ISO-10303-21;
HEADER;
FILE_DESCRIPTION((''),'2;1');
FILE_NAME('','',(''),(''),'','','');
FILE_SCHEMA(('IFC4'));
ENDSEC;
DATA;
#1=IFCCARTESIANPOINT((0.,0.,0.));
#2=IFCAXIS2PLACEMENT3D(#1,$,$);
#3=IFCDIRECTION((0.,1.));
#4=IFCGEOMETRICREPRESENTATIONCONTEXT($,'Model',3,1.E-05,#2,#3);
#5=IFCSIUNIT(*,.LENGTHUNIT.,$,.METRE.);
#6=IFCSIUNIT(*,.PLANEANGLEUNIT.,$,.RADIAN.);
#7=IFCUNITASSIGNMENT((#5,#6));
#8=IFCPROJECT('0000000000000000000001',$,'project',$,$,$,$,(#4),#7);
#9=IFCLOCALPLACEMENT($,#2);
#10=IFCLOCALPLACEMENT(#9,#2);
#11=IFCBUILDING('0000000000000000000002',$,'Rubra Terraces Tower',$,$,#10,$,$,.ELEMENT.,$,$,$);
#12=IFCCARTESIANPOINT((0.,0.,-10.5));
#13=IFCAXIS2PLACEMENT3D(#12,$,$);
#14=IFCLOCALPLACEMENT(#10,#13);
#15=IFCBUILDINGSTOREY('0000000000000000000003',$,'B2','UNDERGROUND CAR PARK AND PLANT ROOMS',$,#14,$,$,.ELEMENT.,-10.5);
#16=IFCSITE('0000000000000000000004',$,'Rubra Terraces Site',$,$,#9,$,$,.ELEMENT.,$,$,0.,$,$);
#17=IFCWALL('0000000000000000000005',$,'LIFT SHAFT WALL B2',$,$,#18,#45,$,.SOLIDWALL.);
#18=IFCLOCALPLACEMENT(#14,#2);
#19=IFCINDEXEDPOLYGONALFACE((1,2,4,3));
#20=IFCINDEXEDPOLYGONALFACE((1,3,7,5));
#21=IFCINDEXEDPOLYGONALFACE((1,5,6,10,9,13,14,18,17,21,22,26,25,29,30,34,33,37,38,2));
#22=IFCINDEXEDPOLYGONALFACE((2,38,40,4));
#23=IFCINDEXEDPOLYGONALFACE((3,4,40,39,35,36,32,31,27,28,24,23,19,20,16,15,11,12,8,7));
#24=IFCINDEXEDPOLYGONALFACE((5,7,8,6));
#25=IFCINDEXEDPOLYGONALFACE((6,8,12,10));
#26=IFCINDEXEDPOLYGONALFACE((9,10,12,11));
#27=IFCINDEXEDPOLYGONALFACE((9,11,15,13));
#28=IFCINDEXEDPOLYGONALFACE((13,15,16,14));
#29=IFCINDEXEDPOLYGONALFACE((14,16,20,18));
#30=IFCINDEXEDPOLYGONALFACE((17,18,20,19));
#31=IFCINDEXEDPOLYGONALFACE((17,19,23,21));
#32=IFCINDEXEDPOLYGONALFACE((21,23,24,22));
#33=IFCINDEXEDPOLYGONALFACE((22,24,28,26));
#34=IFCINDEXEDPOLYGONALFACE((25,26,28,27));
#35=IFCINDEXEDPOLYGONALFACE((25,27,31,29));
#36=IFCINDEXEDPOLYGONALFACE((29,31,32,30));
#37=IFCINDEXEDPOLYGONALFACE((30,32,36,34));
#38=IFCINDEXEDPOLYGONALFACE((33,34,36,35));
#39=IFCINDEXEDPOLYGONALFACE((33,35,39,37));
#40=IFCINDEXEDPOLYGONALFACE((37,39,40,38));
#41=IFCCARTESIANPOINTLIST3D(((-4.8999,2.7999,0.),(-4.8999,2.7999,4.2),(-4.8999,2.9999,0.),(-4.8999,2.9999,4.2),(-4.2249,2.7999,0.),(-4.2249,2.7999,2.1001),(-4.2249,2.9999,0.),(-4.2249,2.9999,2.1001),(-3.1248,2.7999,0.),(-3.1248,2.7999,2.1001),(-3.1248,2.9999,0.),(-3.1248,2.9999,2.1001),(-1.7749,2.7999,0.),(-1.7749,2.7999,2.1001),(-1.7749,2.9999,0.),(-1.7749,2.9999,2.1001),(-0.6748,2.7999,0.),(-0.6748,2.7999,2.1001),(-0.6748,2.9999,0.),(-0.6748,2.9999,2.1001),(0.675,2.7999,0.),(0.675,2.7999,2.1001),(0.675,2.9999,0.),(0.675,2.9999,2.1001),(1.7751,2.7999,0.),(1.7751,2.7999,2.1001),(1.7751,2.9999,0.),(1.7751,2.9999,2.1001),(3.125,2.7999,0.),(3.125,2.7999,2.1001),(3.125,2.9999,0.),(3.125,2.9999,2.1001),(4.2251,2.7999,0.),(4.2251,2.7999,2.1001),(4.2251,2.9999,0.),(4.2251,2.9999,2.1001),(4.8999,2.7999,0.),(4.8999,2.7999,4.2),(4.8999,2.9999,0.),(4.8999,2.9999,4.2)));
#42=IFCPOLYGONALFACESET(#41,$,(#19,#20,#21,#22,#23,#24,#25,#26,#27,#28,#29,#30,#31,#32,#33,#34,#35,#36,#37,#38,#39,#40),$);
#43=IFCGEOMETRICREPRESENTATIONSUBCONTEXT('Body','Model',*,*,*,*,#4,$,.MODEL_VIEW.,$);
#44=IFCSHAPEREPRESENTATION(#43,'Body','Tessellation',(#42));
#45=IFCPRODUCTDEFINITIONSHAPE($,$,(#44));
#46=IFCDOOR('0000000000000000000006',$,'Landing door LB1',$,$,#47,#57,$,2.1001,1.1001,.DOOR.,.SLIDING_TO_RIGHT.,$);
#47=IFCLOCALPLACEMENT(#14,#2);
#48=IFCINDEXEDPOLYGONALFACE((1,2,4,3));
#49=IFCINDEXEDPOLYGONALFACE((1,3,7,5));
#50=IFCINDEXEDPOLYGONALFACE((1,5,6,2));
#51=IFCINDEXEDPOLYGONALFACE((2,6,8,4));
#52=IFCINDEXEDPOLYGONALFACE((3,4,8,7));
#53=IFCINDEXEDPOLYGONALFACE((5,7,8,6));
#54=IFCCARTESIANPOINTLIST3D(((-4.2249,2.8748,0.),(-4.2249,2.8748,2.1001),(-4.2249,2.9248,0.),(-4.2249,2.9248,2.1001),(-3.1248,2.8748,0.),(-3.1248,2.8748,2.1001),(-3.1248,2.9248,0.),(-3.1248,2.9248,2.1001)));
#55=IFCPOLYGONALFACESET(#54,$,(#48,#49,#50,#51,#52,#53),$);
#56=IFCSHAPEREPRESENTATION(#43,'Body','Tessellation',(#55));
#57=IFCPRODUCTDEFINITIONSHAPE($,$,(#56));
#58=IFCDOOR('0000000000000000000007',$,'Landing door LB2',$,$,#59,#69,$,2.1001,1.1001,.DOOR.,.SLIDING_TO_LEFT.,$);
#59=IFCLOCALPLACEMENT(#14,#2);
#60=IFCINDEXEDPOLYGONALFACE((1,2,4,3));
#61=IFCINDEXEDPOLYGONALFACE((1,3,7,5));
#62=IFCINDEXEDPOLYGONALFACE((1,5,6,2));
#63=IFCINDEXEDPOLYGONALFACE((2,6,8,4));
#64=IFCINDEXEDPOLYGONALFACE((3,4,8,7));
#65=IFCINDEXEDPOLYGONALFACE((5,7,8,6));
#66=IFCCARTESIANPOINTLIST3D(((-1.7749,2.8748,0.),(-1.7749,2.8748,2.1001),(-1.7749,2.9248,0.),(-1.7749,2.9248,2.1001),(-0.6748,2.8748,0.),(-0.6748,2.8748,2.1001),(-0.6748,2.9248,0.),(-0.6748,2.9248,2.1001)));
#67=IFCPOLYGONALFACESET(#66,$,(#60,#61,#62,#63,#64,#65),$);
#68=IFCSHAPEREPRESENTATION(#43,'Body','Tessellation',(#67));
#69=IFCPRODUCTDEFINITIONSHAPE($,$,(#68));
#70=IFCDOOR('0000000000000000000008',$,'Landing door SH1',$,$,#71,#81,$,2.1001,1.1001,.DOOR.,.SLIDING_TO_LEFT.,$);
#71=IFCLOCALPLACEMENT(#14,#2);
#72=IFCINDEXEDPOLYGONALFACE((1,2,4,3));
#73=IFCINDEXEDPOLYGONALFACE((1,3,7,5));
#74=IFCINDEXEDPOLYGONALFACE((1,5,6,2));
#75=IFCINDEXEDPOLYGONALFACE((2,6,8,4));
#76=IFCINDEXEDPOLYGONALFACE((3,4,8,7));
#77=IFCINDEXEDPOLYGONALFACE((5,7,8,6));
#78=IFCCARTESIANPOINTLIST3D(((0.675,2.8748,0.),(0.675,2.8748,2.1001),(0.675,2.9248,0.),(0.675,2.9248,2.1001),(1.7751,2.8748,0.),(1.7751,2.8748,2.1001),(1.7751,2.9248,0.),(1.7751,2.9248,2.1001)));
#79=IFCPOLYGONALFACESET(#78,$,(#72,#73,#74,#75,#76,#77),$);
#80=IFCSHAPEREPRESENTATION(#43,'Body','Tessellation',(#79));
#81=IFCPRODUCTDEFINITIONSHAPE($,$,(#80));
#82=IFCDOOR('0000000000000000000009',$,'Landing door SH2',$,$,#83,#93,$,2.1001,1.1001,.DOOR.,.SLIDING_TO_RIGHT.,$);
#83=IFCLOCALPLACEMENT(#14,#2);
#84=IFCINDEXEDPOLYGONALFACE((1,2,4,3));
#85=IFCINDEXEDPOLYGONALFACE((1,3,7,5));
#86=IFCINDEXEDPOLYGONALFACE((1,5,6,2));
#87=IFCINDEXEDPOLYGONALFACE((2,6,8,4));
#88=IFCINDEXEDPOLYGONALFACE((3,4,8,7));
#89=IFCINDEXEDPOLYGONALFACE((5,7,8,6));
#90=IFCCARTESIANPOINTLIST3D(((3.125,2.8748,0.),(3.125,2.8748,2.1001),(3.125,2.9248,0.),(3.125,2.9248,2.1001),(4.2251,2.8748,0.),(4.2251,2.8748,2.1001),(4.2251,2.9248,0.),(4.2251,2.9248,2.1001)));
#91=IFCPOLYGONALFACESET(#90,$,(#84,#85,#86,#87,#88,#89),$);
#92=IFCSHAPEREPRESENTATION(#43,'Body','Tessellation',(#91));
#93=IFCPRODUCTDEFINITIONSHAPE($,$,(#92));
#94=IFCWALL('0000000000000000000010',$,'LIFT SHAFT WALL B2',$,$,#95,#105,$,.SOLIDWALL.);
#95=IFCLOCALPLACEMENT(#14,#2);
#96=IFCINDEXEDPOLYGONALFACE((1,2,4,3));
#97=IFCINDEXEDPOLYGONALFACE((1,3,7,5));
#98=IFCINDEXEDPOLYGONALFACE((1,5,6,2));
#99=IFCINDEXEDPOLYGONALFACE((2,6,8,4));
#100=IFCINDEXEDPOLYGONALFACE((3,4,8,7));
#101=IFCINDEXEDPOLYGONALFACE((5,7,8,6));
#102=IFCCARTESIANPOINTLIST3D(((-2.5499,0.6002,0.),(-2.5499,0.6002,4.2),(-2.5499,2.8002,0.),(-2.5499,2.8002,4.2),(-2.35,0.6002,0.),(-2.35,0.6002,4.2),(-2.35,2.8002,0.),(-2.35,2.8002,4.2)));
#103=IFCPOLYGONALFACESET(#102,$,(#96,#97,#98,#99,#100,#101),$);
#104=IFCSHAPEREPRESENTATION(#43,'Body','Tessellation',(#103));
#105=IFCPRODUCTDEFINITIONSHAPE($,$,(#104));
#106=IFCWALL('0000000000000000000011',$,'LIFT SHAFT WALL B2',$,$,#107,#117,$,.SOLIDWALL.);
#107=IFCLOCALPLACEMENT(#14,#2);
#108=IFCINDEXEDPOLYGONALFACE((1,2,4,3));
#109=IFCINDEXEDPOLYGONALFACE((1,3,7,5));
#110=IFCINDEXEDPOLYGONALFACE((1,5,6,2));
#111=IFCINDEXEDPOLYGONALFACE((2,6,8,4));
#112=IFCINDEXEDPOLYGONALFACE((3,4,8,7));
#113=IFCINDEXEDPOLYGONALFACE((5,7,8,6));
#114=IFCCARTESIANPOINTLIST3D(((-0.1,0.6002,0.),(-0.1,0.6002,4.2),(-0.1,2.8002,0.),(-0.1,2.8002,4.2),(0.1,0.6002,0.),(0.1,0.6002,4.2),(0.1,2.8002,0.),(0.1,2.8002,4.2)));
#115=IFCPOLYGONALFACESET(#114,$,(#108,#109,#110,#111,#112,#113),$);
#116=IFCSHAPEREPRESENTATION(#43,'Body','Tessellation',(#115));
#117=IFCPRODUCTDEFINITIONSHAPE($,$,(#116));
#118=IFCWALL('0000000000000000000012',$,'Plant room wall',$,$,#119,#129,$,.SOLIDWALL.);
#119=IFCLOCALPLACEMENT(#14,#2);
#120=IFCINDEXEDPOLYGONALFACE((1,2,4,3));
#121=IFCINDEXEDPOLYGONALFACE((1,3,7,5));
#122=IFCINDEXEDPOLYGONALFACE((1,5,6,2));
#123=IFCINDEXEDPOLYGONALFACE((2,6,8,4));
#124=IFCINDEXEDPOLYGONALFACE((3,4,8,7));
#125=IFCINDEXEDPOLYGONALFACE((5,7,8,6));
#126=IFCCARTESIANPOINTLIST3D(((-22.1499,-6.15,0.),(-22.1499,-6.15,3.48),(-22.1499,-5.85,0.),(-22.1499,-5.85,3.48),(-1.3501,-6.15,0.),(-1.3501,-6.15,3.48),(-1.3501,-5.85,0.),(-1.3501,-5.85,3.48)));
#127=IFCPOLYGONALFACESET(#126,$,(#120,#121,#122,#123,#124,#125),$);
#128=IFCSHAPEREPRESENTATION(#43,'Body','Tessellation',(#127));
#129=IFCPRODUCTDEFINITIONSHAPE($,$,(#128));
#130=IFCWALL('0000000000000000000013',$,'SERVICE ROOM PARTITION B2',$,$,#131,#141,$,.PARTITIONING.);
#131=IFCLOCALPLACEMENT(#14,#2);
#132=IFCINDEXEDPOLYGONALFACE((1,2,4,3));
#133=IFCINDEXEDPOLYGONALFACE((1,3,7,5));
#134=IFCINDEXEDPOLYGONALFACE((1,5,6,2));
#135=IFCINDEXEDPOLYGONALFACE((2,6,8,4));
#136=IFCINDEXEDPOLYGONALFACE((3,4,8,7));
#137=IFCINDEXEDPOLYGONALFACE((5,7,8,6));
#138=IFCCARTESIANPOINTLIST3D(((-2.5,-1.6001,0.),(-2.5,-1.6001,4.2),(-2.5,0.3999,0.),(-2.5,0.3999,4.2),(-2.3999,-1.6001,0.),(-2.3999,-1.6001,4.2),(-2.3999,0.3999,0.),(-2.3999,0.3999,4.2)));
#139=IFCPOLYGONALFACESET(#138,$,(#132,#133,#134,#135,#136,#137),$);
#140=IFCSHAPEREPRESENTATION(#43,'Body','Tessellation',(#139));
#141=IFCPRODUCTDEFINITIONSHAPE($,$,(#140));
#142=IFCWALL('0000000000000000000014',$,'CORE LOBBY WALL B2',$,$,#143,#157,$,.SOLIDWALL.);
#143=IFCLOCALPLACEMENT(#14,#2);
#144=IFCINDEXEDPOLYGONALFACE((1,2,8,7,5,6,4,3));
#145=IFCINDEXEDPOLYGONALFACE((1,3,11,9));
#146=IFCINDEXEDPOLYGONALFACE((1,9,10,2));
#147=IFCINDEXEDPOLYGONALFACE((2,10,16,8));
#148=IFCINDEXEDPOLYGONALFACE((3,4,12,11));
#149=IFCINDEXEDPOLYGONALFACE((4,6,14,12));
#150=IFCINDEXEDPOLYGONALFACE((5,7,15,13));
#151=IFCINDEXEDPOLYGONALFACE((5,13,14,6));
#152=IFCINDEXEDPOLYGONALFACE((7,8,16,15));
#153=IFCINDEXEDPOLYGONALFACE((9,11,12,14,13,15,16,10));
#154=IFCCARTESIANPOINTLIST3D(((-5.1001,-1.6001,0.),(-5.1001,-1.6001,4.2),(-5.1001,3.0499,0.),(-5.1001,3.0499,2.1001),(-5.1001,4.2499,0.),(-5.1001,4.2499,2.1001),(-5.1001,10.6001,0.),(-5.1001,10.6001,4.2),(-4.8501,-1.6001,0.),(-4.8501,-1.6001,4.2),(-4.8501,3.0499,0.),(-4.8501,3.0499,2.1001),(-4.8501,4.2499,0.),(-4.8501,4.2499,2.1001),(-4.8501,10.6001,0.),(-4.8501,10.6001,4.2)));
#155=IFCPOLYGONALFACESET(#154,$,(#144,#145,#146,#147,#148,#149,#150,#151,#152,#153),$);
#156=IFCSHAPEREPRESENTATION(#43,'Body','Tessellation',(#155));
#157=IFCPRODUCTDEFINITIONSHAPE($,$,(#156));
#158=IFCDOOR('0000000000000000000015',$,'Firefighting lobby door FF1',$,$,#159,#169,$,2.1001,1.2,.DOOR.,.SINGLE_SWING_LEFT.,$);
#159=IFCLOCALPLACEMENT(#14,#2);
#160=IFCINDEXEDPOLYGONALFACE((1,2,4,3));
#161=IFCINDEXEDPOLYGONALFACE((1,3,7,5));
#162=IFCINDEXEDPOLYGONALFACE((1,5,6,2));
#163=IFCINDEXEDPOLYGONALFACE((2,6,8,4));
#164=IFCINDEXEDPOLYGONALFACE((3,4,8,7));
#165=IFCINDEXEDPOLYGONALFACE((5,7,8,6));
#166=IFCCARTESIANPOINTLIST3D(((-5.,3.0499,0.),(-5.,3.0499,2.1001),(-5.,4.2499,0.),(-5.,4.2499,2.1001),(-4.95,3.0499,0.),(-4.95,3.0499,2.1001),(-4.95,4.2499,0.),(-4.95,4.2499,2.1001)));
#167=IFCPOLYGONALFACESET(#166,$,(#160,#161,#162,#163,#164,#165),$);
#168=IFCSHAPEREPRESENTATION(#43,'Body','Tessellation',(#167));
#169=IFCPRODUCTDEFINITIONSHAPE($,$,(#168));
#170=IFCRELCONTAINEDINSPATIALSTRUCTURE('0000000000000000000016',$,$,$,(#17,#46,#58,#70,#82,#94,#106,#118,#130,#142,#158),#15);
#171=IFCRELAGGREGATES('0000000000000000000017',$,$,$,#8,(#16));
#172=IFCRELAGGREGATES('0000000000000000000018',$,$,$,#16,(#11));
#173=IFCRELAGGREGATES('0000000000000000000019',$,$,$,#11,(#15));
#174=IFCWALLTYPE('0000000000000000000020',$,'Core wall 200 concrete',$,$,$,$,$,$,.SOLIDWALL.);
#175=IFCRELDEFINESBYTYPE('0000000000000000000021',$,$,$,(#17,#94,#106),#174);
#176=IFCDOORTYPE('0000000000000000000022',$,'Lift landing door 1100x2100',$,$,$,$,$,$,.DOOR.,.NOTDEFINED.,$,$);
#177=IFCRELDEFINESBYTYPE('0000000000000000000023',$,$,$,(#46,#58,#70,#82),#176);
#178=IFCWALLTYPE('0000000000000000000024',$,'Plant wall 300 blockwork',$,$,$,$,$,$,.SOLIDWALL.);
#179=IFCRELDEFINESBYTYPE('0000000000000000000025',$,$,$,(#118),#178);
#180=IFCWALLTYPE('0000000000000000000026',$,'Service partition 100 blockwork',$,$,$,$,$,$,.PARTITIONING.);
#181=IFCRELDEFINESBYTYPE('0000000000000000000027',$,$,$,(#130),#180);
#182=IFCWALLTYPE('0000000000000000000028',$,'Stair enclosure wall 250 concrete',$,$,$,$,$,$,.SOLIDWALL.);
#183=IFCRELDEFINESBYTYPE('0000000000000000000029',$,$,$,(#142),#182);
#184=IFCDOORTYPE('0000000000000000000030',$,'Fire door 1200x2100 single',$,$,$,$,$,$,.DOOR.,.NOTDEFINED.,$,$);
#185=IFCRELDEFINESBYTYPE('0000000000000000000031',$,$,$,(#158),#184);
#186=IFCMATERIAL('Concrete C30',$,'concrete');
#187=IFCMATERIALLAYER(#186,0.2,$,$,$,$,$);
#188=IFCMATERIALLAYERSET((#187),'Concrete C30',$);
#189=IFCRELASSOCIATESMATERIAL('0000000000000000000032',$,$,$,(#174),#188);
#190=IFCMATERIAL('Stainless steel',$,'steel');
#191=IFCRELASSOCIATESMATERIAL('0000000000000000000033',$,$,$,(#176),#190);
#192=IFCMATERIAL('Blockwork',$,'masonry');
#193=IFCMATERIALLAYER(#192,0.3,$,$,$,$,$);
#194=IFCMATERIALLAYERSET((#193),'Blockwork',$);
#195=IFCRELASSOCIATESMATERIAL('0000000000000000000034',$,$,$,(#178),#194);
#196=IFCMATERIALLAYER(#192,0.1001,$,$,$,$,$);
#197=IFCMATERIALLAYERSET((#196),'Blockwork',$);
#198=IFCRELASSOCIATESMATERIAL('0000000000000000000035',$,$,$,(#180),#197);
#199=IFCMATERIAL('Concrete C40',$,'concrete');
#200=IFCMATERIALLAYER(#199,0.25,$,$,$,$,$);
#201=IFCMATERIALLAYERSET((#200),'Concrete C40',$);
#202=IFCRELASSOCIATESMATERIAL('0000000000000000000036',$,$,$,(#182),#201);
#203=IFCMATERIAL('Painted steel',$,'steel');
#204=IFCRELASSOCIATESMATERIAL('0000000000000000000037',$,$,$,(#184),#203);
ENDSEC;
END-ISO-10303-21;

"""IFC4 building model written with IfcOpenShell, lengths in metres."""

from ifc_helpers import new_model, si_unit, direction, frame, frame_2d, origin, place, context, subcontext, project, spatial, rectangle, extrude, material, layer, layer_set, type_object, element, fill, save


model = new_model("IFC4")

# Units and contexts
model_context = context("Model", 3, precision=1e-05, world=origin(), true_north=direction((0.0, 1.0)))
body_context = subcontext(model_context, "Body", "Model", "MODEL_VIEW")
ifc_project = project(units=[si_unit("LENGTHUNIT", "METRE"), si_unit("PLANEANGLEUNIT", "RADIAN")], contexts=[model_context])

# Site, building, storey
site_placement = place(None, origin())
site = spatial("IfcSite", under=ifc_project, at=site_placement, Name="Rubra Terraces Site", CompositionType="ELEMENT", RefElevation=0.0)
building_placement = place(site_placement, origin())
building = spatial("IfcBuilding", under=site, at=building_placement, Name="Rubra Terraces Tower", CompositionType="ELEMENT")
storey_placement = place(building_placement, frame((0.0, 0.0, -10.5)))
storey = spatial("IfcBuildingStorey", under=building, at=storey_placement, Name="B2", Description="UNDERGROUND CAR PARK AND PLANT ROOMS", CompositionType="ELEMENT", Elevation=-10.5)

# Shared definitions
ifc_material_1 = material(Name="Concrete C40", Category="concrete")

# Shared definitions
ifc_material_2 = material(Name="Concrete C30", Category="concrete")
ifc_layer_1 = layer(ifc_material_2, 0.2)
ifc_layer_set_1 = layer_set([ifc_layer_1], Name="Concrete C30")
wall_type_1 = type_object("IfcWallType", Name="Core wall 200 concrete", PredefinedType="SOLIDWALL", material=ifc_layer_set_1)

# Wall, openings, doors
wall_1_placement = place(storey_placement, frame((-4.8999, 2.8999, 0.0), z_axis=(0.0, 0.0, 1.0), x_axis=(1.0, 0.0, 0.0)))
wall_1 = element("IfcWall", 1, at=wall_1_placement, inside=storey, type_object=wall_type_1, Name="LIFT SHAFT WALL B2", PredefinedType="SOLIDWALL", context=body_context, shape_type="SweptSolid", body=[
    extrude(rectangle(XDim=9.7998, YDim=0.2, at=frame_2d((4.8999, 0.0))), origin(), (0.0, 0.0, 1.0), 4.2),
])
opening_1_placement = place(wall_1_placement, frame((0.675, 0.0, 0.0)))
opening_1 = element("IfcOpeningElement", 2, at=opening_1_placement, cuts=wall_1, PredefinedType="OPENING", context=body_context, shape_type="SweptSolid", body=[
    extrude(rectangle(XDim=1.1001, YDim=2.1001, at=frame_2d((0.55, 1.05))), frame((0.0, 0.1099, 0.0), z_axis=(0.0, -1.0, 0.0), x_axis=(1.0, 0.0, 0.0)), (0.0, 0.0, 1.0), 0.22),
])
opening_2_placement = place(wall_1_placement, frame((3.125, 0.0, 0.0)))
opening_2 = element("IfcOpeningElement", 3, at=opening_2_placement, cuts=wall_1, PredefinedType="OPENING", context=body_context, shape_type="SweptSolid", body=[
    extrude(rectangle(XDim=1.1001, YDim=2.1001, at=frame_2d((0.55, 1.05))), frame((0.0, 0.1099, 0.0), z_axis=(0.0, -1.0, 0.0), x_axis=(1.0, 0.0, 0.0)), (0.0, 0.0, 1.0), 0.22),
])
opening_3_placement = place(wall_1_placement, frame((5.575, 0.0, 0.0)))
opening_3 = element("IfcOpeningElement", 4, at=opening_3_placement, cuts=wall_1, PredefinedType="OPENING", context=body_context, shape_type="SweptSolid", body=[
    extrude(rectangle(XDim=1.1001, YDim=2.1001, at=frame_2d((0.55, 1.05))), frame((0.0, 0.1099, 0.0), z_axis=(0.0, -1.0, 0.0), x_axis=(1.0, 0.0, 0.0)), (0.0, 0.0, 1.0), 0.22),
])
opening_4_placement = place(wall_1_placement, frame((8.0249, 0.0, 0.0)))
opening_4 = element("IfcOpeningElement", 5, at=opening_4_placement, cuts=wall_1, PredefinedType="OPENING", context=body_context, shape_type="SweptSolid", body=[
    extrude(rectangle(XDim=1.1001, YDim=2.1001, at=frame_2d((0.55, 1.05))), frame((0.0, 0.1099, 0.0), z_axis=(0.0, -1.0, 0.0), x_axis=(1.0, 0.0, 0.0)), (0.0, 0.0, 1.0), 0.22),
])
ifc_material_3 = material(Name="Stainless steel", Category="steel")
door_type_1 = type_object("IfcDoorType", Name="Lift landing door 1100x2100", OperationType="NOTDEFINED", PredefinedType="DOOR", material=ifc_material_3)
door_1_placement = place(opening_1_placement, origin())
door_1 = element("IfcDoor", 6, at=door_1_placement, inside=storey, type_object=door_type_1, Name="Landing door LB1", OperationType="SLIDING_TO_RIGHT", OverallHeight=2.1001, OverallWidth=1.1001, PredefinedType="DOOR", context=body_context, shape_type="SweptSolid", body=[
    extrude(rectangle(XDim=1.1001, YDim=2.1001, at=frame_2d((0.55, 1.05))), frame((0.0, 0.0249, 0.0), z_axis=(0.0, -1.0, 0.0), x_axis=(1.0, 0.0, 0.0)), (0.0, 0.0, 1.0), 0.05),
])
fill(opening_1, door_1)
door_2_placement = place(opening_2_placement, origin())
door_2 = element("IfcDoor", 7, at=door_2_placement, inside=storey, type_object=door_type_1, Name="Landing door LB2", OperationType="SLIDING_TO_LEFT", OverallHeight=2.1001, OverallWidth=1.1001, PredefinedType="DOOR", context=body_context, shape_type="SweptSolid", body=[
    extrude(rectangle(XDim=1.1001, YDim=2.1001, at=frame_2d((0.55, 1.05))), frame((0.0, 0.0249, 0.0), z_axis=(0.0, -1.0, 0.0), x_axis=(1.0, 0.0, 0.0)), (0.0, 0.0, 1.0), 0.05),
])
fill(opening_2, door_2)
door_3_placement = place(opening_3_placement, origin())
door_3 = element("IfcDoor", 8, at=door_3_placement, inside=storey, type_object=door_type_1, Name="Landing door SH1", OperationType="SLIDING_TO_LEFT", OverallHeight=2.1001, OverallWidth=1.1001, PredefinedType="DOOR", context=body_context, shape_type="SweptSolid", body=[
    extrude(rectangle(XDim=1.1001, YDim=2.1001, at=frame_2d((0.55, 1.05))), frame((0.0, 0.0249, 0.0), z_axis=(0.0, -1.0, 0.0), x_axis=(1.0, 0.0, 0.0)), (0.0, 0.0, 1.0), 0.05),
])
fill(opening_3, door_3)
door_4_placement = place(opening_4_placement, origin())
door_4 = element("IfcDoor", 9, at=door_4_placement, inside=storey, type_object=door_type_1, Name="Landing door SH2", OperationType="SLIDING_TO_RIGHT", OverallHeight=2.1001, OverallWidth=1.1001, PredefinedType="DOOR", context=body_context, shape_type="SweptSolid", body=[
    extrude(rectangle(XDim=1.1001, YDim=2.1001, at=frame_2d((0.55, 1.05))), frame((0.0, 0.0249, 0.0), z_axis=(0.0, -1.0, 0.0), x_axis=(1.0, 0.0, 0.0)), (0.0, 0.0, 1.0), 0.05),
])
fill(opening_4, door_4)

# Walls
for number, where, z_axis, x_axis, name in (
    (10, (-2.45, 0.6001, 0.0), (0.0, 0.0, 1.0), (0.0, 1.0, 0.0), "LIFT SHAFT WALL B2"),
    (11, (0.0, 0.6001, 0.0), (0.0, 0.0, 1.0), (0.0, 1.0, 0.0), "LIFT SHAFT WALL B2"),
):
    element("IfcWall", number, at=place(storey_placement, frame(where, z_axis=z_axis, x_axis=x_axis)), inside=storey, type_object=wall_type_1, Name=name, PredefinedType="SOLIDWALL", context=body_context, shape_type="SweptSolid", body=[
        extrude(rectangle(XDim=2.2, YDim=0.2, at=frame_2d((1.1001, 0.0))), origin(), (0.0, 0.0, 1.0), 4.2),
    ])
ifc_material_4 = material(Name="Blockwork", Category="masonry")
ifc_layer_2 = layer(ifc_material_4, 0.3)
ifc_layer_set_2 = layer_set([ifc_layer_2], Name="Blockwork")
wall_type_2 = type_object("IfcWallType", Name="Plant wall 300 blockwork", PredefinedType="SOLIDWALL", material=ifc_layer_set_2)
wall_2_placement = place(storey_placement, frame((-1.3501, -6.0, 0.0), z_axis=(0.0, 0.0, 1.0), x_axis=(-1.0, 0.0, 0.0)))
element("IfcWall", 12, at=wall_2_placement, inside=storey, type_object=wall_type_2, Name="Plant room wall", PredefinedType="SOLIDWALL", context=body_context, shape_type="SweptSolid", body=[
    extrude(rectangle(XDim=20.7998, YDim=0.3, at=frame_2d((10.3999, 0.0))), origin(), (0.0, 0.0, 1.0), 3.48),
])
ifc_layer_3 = layer(ifc_material_4, 0.1001)
ifc_layer_set_3 = layer_set([ifc_layer_3], Name="Blockwork")
wall_type_3 = type_object("IfcWallType", Name="Service partition 100 blockwork", PredefinedType="PARTITIONING", material=ifc_layer_set_3)
wall_3_placement = place(storey_placement, frame((-2.45, -1.6001, 0.0), z_axis=(0.0, 0.0, 1.0), x_axis=(0.0, 1.0, 0.0)))
element("IfcWall", 13, at=wall_3_placement, inside=storey, type_object=wall_type_3, Name="SERVICE ROOM PARTITION B2", PredefinedType="PARTITIONING", context=body_context, shape_type="SweptSolid", body=[
    extrude(rectangle(XDim=2.0, YDim=0.1001, at=frame_2d((1.0, 0.0))), origin(), (0.0, 0.0, 1.0), 4.2),
])

# Wall, opening, door
ifc_layer_4 = layer(ifc_material_1, 0.25)
ifc_layer_set_4 = layer_set([ifc_layer_4], Name="Concrete C40")
wall_type_4 = type_object("IfcWallType", Name="Stair enclosure wall 250 concrete", PredefinedType="SOLIDWALL", material=ifc_layer_set_4)
wall_4_placement = place(storey_placement, frame((-4.9751, -1.6001, 0.0), z_axis=(0.0, 0.0, 1.0), x_axis=(0.0, 1.0, 0.0)))
wall_4 = element("IfcWall", 14, at=wall_4_placement, inside=storey, type_object=wall_type_4, Name="CORE LOBBY WALL B2", PredefinedType="SOLIDWALL", context=body_context, shape_type="SweptSolid", body=[
    extrude(rectangle(XDim=12.2002, YDim=0.25, at=frame_2d((6.1001, 0.0))), origin(), (0.0, 0.0, 1.0), 4.2),
])
opening_5_placement = place(wall_4_placement, frame((4.6499, 0.0, 0.0)))
opening_5 = element("IfcOpeningElement", 15, at=opening_5_placement, cuts=wall_4, PredefinedType="OPENING", context=body_context, shape_type="SweptSolid", body=[
    extrude(rectangle(XDim=1.2, YDim=2.1001, at=frame_2d((0.6001, 1.05))), frame((0.0, 0.135, 0.0), z_axis=(0.0, -1.0, 0.0), x_axis=(1.0, 0.0, 0.0)), (0.0, 0.0, 1.0), 0.27),
])
ifc_material_5 = material(Name="Painted steel", Category="steel")
door_type_2 = type_object("IfcDoorType", Name="Fire door 1200x2100 single", OperationType="NOTDEFINED", PredefinedType="DOOR", material=ifc_material_5)
door_5_placement = place(opening_5_placement, origin())
door_5 = element("IfcDoor", 16, at=door_5_placement, inside=storey, type_object=door_type_2, Name="Firefighting lobby door FF1", OperationType="SINGLE_SWING_LEFT", OverallHeight=2.1001, OverallWidth=1.2, PredefinedType="DOOR", context=body_context, shape_type="SweptSolid", body=[
    extrude(rectangle(XDim=1.2, YDim=2.1001, at=frame_2d((0.6001, 1.05))), frame((0.0, 0.0249, 0.0), z_axis=(0.0, -1.0, 0.0), x_axis=(1.0, 0.0, 0.0)), (0.0, 0.0, 1.0), 0.05),
])
fill(opening_5, door_5)

save(model, "model.ifc")
